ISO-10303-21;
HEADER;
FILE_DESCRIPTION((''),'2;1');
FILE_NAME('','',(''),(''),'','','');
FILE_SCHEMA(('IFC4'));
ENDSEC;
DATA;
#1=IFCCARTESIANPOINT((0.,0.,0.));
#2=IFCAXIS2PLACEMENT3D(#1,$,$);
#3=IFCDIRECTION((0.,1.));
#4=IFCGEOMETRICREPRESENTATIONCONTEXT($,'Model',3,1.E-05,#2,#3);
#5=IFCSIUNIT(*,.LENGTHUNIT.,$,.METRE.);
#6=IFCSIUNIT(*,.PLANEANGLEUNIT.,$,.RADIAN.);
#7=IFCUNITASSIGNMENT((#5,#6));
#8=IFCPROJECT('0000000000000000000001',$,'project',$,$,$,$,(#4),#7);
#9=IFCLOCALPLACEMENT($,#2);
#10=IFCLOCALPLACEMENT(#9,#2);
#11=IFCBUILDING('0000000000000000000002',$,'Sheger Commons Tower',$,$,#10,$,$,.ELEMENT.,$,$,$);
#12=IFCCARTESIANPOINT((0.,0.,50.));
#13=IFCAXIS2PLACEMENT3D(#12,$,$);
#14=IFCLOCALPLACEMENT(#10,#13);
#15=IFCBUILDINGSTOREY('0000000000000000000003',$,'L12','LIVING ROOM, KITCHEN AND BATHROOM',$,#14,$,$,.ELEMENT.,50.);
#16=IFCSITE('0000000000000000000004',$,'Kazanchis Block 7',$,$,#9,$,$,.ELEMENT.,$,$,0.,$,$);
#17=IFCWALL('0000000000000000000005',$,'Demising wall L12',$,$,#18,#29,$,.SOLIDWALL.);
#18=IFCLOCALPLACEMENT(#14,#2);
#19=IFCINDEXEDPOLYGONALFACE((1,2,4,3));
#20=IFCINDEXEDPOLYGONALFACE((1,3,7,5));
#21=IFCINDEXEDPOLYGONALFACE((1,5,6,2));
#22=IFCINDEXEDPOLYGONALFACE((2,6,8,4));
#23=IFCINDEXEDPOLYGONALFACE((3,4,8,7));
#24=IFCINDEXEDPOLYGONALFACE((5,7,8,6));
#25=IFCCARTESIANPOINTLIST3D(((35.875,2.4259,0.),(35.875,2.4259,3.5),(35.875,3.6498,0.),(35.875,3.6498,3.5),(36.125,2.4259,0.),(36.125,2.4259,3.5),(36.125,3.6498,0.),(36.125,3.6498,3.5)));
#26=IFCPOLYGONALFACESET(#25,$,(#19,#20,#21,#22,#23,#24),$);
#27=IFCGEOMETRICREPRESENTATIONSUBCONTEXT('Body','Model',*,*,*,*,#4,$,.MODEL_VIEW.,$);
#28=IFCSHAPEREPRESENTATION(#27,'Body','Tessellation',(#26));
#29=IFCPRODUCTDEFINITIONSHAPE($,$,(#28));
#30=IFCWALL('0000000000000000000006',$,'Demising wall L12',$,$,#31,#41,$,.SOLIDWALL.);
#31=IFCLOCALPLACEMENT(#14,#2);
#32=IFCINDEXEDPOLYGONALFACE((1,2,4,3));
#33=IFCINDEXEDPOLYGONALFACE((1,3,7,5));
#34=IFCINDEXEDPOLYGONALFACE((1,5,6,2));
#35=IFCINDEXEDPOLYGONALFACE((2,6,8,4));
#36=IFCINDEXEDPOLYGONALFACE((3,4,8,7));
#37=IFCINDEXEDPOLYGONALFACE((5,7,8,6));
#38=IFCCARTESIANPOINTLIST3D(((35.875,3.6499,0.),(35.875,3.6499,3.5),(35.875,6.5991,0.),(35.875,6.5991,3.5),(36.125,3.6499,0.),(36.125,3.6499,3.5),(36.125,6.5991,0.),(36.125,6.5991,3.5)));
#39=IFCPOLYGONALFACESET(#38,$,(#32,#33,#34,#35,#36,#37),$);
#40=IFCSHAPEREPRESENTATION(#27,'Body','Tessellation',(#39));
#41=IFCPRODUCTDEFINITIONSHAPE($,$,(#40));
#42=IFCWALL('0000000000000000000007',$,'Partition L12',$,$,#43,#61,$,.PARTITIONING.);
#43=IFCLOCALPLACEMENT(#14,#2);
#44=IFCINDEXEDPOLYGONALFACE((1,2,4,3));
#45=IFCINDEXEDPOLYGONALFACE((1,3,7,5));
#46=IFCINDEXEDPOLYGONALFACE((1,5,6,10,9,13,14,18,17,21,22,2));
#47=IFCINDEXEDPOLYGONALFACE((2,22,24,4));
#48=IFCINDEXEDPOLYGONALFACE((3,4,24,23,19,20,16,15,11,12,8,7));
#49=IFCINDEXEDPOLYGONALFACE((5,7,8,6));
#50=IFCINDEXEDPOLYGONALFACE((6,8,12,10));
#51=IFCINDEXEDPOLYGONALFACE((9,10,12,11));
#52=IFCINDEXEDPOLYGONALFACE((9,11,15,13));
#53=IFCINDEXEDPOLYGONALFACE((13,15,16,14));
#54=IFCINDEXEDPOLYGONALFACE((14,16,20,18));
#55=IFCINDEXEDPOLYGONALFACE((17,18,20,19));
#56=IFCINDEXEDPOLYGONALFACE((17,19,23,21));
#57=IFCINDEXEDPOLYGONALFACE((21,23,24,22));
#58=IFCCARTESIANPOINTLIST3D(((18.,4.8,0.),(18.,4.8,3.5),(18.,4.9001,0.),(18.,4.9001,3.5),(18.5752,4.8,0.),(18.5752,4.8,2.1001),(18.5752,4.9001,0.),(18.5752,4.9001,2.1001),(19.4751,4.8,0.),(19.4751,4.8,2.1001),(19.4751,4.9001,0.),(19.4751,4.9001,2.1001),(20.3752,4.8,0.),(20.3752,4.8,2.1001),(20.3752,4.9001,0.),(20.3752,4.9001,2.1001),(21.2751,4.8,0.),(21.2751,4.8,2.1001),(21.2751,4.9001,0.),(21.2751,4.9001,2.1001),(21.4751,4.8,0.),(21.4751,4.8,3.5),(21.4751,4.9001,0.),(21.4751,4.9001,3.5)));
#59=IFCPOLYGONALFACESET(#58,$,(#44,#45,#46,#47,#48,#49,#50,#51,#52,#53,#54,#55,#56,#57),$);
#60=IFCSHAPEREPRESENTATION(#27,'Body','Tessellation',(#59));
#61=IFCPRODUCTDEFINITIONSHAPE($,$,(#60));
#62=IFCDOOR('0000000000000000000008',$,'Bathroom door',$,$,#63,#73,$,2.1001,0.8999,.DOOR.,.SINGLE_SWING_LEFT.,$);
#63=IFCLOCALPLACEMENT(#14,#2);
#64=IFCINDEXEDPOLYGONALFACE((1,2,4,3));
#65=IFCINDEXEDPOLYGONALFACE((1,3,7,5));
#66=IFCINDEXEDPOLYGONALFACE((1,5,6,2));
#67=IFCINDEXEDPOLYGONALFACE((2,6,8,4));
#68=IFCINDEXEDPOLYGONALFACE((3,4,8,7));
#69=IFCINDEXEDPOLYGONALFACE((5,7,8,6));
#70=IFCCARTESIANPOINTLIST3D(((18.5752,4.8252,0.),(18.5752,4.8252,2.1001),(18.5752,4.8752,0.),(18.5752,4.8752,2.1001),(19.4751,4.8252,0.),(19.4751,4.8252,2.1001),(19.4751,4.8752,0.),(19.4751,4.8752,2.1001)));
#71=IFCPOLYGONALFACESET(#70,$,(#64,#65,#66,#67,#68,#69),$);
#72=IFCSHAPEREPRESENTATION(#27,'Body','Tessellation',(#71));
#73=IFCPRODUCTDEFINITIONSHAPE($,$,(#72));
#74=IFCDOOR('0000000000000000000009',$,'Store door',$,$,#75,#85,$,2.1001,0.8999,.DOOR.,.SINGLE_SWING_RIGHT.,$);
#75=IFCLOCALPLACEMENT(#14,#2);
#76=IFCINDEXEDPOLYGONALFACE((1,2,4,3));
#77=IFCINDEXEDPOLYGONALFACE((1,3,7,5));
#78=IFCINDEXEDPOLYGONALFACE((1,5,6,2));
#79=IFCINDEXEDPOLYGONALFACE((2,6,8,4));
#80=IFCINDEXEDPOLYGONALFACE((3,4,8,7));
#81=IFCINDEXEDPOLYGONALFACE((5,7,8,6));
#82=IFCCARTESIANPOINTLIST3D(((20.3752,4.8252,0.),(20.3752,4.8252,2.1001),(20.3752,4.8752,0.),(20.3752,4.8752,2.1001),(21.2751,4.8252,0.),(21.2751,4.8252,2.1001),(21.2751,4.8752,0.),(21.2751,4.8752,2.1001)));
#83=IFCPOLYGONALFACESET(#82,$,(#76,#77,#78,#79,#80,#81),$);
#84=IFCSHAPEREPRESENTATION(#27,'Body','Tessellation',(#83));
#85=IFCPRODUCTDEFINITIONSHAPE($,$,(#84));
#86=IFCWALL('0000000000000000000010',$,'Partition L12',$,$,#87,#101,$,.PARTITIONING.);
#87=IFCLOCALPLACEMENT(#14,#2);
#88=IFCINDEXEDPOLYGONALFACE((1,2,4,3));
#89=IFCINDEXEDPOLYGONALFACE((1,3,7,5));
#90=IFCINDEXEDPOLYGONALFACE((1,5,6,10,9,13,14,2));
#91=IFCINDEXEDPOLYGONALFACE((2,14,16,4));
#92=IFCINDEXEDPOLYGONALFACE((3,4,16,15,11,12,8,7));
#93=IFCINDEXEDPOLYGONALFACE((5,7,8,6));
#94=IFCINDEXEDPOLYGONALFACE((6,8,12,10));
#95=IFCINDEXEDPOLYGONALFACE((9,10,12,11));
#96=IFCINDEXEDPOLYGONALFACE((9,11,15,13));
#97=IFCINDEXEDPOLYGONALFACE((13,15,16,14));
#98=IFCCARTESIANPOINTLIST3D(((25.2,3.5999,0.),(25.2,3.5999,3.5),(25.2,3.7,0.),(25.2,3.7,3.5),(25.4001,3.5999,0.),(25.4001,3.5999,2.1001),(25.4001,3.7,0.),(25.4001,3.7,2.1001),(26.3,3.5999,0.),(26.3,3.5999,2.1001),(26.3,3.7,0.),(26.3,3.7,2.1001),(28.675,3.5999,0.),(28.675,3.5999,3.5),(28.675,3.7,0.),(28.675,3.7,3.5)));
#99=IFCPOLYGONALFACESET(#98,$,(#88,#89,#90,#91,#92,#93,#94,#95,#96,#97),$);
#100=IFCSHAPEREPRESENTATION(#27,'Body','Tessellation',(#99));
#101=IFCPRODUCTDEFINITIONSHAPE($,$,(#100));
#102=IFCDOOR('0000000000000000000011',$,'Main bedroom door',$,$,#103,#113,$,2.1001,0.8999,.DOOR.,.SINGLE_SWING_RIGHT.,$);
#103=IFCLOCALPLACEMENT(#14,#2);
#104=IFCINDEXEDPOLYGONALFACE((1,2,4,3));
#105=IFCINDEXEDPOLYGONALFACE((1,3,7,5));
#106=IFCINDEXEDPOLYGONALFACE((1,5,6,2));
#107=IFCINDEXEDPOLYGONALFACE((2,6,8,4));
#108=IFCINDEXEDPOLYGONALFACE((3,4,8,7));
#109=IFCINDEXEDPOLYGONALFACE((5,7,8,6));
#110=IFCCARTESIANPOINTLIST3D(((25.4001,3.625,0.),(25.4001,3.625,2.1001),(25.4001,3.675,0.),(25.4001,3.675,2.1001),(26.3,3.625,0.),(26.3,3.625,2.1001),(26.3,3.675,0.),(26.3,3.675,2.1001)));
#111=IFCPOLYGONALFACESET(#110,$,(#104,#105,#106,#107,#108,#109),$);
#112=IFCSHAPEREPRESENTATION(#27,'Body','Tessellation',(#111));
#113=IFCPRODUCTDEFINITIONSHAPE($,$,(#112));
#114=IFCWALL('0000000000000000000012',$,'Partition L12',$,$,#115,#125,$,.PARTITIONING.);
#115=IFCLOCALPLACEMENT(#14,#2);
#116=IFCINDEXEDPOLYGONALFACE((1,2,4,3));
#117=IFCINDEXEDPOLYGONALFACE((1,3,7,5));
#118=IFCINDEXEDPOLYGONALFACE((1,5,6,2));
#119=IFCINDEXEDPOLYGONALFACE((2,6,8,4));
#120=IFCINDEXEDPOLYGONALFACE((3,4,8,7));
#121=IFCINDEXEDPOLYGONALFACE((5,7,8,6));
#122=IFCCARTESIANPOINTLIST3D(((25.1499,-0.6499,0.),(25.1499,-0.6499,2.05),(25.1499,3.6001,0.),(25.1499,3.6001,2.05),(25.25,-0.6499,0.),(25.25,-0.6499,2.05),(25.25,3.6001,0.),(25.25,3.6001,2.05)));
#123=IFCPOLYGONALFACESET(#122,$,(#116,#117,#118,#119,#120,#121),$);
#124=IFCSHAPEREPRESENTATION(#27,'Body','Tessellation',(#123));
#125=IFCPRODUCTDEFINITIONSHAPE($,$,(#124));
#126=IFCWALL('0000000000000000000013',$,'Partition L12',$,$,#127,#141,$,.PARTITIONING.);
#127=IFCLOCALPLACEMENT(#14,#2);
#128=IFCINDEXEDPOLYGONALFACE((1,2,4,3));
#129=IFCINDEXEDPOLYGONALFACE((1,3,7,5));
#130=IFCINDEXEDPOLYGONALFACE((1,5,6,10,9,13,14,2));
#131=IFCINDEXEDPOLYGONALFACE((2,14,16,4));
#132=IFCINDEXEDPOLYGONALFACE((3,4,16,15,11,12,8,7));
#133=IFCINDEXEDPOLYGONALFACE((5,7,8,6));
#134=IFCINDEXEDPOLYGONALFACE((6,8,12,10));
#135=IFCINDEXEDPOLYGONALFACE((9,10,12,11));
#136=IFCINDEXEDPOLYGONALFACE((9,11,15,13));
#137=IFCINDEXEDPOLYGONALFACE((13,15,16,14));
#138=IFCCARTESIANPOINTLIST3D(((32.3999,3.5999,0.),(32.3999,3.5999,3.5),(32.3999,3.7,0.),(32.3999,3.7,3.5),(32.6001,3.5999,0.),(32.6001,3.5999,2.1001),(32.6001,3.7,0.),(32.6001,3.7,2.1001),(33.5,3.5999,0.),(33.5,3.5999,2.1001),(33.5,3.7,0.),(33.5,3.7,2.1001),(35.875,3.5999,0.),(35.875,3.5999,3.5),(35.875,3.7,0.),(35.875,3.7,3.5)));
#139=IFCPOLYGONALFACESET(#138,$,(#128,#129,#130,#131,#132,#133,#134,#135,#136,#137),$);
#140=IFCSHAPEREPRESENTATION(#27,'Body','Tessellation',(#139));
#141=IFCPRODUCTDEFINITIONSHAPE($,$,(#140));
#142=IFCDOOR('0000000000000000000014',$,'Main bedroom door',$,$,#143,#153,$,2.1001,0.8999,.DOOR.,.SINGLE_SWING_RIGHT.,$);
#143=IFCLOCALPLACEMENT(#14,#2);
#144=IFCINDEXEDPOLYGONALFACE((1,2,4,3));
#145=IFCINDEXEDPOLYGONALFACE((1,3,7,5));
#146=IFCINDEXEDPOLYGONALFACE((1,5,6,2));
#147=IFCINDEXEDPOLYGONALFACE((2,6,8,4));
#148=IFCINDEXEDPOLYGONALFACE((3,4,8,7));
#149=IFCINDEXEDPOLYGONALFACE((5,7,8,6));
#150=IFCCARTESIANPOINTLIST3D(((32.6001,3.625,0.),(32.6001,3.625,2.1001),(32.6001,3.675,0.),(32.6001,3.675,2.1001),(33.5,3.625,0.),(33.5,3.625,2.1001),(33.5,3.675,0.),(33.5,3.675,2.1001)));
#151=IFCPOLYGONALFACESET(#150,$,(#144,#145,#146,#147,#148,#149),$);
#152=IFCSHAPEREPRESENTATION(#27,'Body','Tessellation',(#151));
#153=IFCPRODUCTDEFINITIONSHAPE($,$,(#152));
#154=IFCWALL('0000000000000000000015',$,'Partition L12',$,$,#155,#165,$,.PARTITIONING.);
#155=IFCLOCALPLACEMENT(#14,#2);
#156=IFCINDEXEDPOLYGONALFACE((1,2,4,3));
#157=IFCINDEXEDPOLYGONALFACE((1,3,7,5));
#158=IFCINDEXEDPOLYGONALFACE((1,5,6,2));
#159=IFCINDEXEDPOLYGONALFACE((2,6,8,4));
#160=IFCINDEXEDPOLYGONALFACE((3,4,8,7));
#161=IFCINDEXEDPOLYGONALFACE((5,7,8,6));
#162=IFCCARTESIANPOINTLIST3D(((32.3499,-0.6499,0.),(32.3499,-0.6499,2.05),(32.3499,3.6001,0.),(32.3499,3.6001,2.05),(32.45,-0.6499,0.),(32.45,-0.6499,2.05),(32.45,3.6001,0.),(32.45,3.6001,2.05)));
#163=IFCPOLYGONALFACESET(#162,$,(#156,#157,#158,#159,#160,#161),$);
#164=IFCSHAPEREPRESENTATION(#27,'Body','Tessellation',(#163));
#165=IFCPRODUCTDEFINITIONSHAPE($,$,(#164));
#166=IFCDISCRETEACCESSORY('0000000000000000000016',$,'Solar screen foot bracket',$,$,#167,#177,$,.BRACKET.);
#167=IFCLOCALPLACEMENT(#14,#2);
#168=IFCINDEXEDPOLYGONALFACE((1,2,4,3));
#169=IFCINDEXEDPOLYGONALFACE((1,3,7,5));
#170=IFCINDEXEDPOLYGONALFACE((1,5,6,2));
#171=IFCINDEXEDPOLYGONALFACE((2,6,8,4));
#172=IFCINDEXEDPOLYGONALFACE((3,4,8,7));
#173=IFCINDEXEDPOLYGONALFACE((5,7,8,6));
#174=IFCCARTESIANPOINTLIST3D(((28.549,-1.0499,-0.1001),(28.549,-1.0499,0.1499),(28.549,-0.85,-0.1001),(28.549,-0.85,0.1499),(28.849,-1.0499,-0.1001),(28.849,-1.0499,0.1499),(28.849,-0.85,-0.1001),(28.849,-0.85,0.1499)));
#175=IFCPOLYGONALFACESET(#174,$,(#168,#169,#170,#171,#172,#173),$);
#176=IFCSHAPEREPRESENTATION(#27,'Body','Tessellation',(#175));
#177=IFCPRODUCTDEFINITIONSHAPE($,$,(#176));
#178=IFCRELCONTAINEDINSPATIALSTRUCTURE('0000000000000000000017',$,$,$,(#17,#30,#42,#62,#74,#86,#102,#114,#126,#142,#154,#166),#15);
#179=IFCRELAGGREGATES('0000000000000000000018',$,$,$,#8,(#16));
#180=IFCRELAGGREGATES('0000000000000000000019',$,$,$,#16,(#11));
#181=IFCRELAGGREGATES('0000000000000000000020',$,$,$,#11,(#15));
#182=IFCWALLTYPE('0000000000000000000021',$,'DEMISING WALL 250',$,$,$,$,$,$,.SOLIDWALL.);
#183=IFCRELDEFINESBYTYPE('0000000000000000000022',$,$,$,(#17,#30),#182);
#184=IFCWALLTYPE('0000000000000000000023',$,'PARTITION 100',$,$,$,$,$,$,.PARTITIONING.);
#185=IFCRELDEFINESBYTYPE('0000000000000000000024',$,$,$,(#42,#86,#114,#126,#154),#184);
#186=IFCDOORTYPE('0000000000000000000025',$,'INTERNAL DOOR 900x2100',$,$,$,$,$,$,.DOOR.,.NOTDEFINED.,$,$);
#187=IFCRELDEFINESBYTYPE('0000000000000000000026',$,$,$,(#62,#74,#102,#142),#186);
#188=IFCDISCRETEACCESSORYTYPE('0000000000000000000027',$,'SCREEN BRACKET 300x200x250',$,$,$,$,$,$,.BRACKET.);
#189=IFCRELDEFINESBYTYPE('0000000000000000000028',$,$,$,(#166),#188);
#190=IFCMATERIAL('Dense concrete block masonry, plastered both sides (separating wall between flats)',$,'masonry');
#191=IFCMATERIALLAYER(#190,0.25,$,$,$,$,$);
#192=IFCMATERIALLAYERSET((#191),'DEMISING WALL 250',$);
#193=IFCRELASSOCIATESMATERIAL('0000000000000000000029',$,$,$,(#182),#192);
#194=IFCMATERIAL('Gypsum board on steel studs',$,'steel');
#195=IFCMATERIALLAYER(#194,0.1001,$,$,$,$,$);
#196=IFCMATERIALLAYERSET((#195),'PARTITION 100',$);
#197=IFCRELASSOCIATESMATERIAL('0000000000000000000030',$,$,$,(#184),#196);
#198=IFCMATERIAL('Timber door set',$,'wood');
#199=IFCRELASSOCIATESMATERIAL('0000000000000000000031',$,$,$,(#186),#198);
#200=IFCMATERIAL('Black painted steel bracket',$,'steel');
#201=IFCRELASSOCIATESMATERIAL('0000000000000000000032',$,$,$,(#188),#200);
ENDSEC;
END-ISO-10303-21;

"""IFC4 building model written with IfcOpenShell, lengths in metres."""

from ifc_helpers import new_model, si_unit, direction, frame, frame_2d, origin, origin_2d, place, context, subcontext, project, spatial, rectangle, extrude, material, layer, layer_set, type_object, element, fill, save


model = new_model("IFC4")

# Units and contexts
model_context = context("Model", 3, precision=1e-05, world=origin(), true_north=direction((0.0, 1.0)))
body_context = subcontext(model_context, "Body", "Model", "MODEL_VIEW")
ifc_project = project(units=[si_unit("LENGTHUNIT", "METRE"), si_unit("PLANEANGLEUNIT", "RADIAN")], contexts=[model_context])

# Site, building, storey
site_placement = place(None, origin())
site = spatial("IfcSite", under=ifc_project, at=site_placement, Name="Kazanchis Block 7", CompositionType="ELEMENT", RefElevation=0.0)
building_placement = place(site_placement, origin())
building = spatial("IfcBuilding", under=site, at=building_placement, Name="Sheger Commons Tower", CompositionType="ELEMENT")
storey_placement = place(building_placement, frame((0.0, 0.0, 50.0)))
storey = spatial("IfcBuildingStorey", under=building, at=storey_placement, Name="L12", Description="LIVING ROOM, KITCHEN AND BATHROOM", CompositionType="ELEMENT", Elevation=50.0)

# Walls
ifc_material_1 = material(Name="Dense concrete block masonry, plastered both sides (separating wall between flats)", Category="masonry")
ifc_layer_1 = layer(ifc_material_1, 0.25)
ifc_layer_set_1 = layer_set([ifc_layer_1], Name="DEMISING WALL 250")
wall_type_1 = type_object("IfcWallType", Name="DEMISING WALL 250", PredefinedType="SOLIDWALL", material=ifc_layer_set_1)
wall_1_placement = place(storey_placement, frame((36.0, 2.426, 0.0), z_axis=(0.0, 0.0, 1.0), x_axis=(0.0, 1.0, 0.0)))
element("IfcWall", 1, at=wall_1_placement, inside=storey, type_object=wall_type_1, Name="Demising wall L12", PredefinedType="SOLIDWALL", context=body_context, shape_type="SweptSolid", body=[
    extrude(rectangle(XDim=1.2239, YDim=0.25, at=frame_2d((0.6118, 0.0))), origin(), (0.0, 0.0, 1.0), 3.5),
])
wall_2_placement = place(storey_placement, frame((36.0, 3.6499, 0.0), z_axis=(0.0, 0.0, 1.0), x_axis=(0.0, 1.0, 0.0)))
element("IfcWall", 2, at=wall_2_placement, inside=storey, type_object=wall_type_1, Name="Demising wall L12", PredefinedType="SOLIDWALL", context=body_context, shape_type="SweptSolid", body=[
    extrude(rectangle(XDim=2.9492, YDim=0.25, at=frame_2d((1.4746, 0.0))), origin(), (0.0, 0.0, 1.0), 3.5),
])

# Wall, openings, doors
ifc_material_2 = material(Name="Gypsum board on steel studs", Category="steel")
ifc_layer_2 = layer(ifc_material_2, 0.1001)
ifc_layer_set_2 = layer_set([ifc_layer_2], Name="PARTITION 100")
wall_type_2 = type_object("IfcWallType", Name="PARTITION 100", PredefinedType="PARTITIONING", material=ifc_layer_set_2)
wall_3_placement = place(storey_placement, frame((21.4751, 4.8501, 0.0), z_axis=(0.0, 0.0, 1.0), x_axis=(-1.0, 0.0, 0.0)))
wall_3 = element("IfcWall", 3, at=wall_3_placement, inside=storey, type_object=wall_type_2, Name="Partition L12", PredefinedType="PARTITIONING", context=body_context, shape_type="SweptSolid", body=[
    extrude(rectangle(XDim=3.4751, YDim=0.1001, at=frame_2d((1.7375, 0.0))), origin(), (0.0, 0.0, 1.0), 3.5),
])
opening_1_placement = place(wall_3_placement, frame((2.0, 0.0, 0.0)))
opening_1 = element("IfcOpeningElement", 4, at=opening_1_placement, cuts=wall_3, PredefinedType="OPENING", context=body_context, shape_type="SweptSolid", body=[
    extrude(rectangle(XDim=0.8999, YDim=2.1001, at=frame_2d((0.45, 1.05))), frame((0.0, 0.0601, 0.0), z_axis=(0.0, -1.0, 0.0), x_axis=(1.0, 0.0, 0.0)), (0.0, 0.0, 1.0), 0.1201),
])
opening_2_placement = place(wall_3_placement, frame((0.2, 0.0, 0.0)))
opening_2 = element("IfcOpeningElement", 5, at=opening_2_placement, cuts=wall_3, PredefinedType="OPENING", context=body_context, shape_type="SweptSolid", body=[
    extrude(rectangle(XDim=0.8999, YDim=2.1001, at=frame_2d((0.45, 1.05))), frame((0.0, 0.0601, 0.0), z_axis=(0.0, -1.0, 0.0), x_axis=(1.0, 0.0, 0.0)), (0.0, 0.0, 1.0), 0.1201),
])
ifc_material_3 = material(Name="Timber door set", Category="wood")
door_type = type_object("IfcDoorType", Name="INTERNAL DOOR 900x2100", OperationType="NOTDEFINED", PredefinedType="DOOR", material=ifc_material_3)
door_1_placement = place(opening_1_placement, origin())
door_1 = element("IfcDoor", 6, at=door_1_placement, inside=storey, type_object=door_type, Name="Bathroom door", OperationType="SINGLE_SWING_LEFT", OverallHeight=2.1001, OverallWidth=0.8999, PredefinedType="DOOR", context=body_context, shape_type="SweptSolid", body=[
    extrude(rectangle(XDim=0.8999, YDim=2.1001, at=frame_2d((0.45, 1.05))), frame((0.0, 0.0249, 0.0), z_axis=(0.0, -1.0, 0.0), x_axis=(1.0, 0.0, 0.0)), (0.0, 0.0, 1.0), 0.05),
])
fill(opening_1, door_1)
door_2_placement = place(opening_2_placement, origin())
door_2 = element("IfcDoor", 7, at=door_2_placement, inside=storey, type_object=door_type, Name="Store door", OperationType="SINGLE_SWING_RIGHT", OverallHeight=2.1001, OverallWidth=0.8999, PredefinedType="DOOR", context=body_context, shape_type="SweptSolid", body=[
    extrude(rectangle(XDim=0.8999, YDim=2.1001, at=frame_2d((0.45, 1.05))), frame((0.0, 0.0249, 0.0), z_axis=(0.0, -1.0, 0.0), x_axis=(1.0, 0.0, 0.0)), (0.0, 0.0, 1.0), 0.05),
])
fill(opening_2, door_2)

# Wall, opening, door
wall_4_placement = place(storey_placement, frame((28.675, 3.6499, 0.0), z_axis=(0.0, 0.0, 1.0), x_axis=(-1.0, 0.0, 0.0)))
wall_4 = element("IfcWall", 8, at=wall_4_placement, inside=storey, type_object=wall_type_2, Name="Partition L12", PredefinedType="PARTITIONING", context=body_context, shape_type="SweptSolid", body=[
    extrude(rectangle(XDim=3.4751, YDim=0.1001, at=frame_2d((1.7375, 0.0))), origin(), (0.0, 0.0, 1.0), 3.5),
])
opening_3_placement = place(wall_4_placement, frame((2.375, 0.0, 0.0)))
opening_3 = element("IfcOpeningElement", 9, at=opening_3_placement, cuts=wall_4, PredefinedType="OPENING", context=body_context, shape_type="SweptSolid", body=[
    extrude(rectangle(XDim=0.8999, YDim=2.1001, at=frame_2d((0.45, 1.05))), frame((0.0, 0.0601, 0.0), z_axis=(0.0, -1.0, 0.0), x_axis=(1.0, 0.0, 0.0)), (0.0, 0.0, 1.0), 0.1201),
])
door_3_placement = place(opening_3_placement, origin())
door_3 = element("IfcDoor", 10, at=door_3_placement, inside=storey, type_object=door_type, Name="Main bedroom door", OperationType="SINGLE_SWING_RIGHT", OverallHeight=2.1001, OverallWidth=0.8999, PredefinedType="DOOR", context=body_context, shape_type="SweptSolid", body=[
    extrude(rectangle(XDim=0.8999, YDim=2.1001, at=frame_2d((0.45, 1.05))), frame((0.0, 0.0249, 0.0), z_axis=(0.0, -1.0, 0.0), x_axis=(1.0, 0.0, 0.0)), (0.0, 0.0, 1.0), 0.05),
])
fill(opening_3, door_3)

# Wall
wall_5_placement = place(storey_placement, frame((25.2, -0.6499, 0.0), z_axis=(0.0, 0.0, 1.0), x_axis=(0.0, 1.0, 0.0)))
element("IfcWall", 11, at=wall_5_placement, inside=storey, type_object=wall_type_2, Name="Partition L12", PredefinedType="PARTITIONING", context=body_context, shape_type="SweptSolid", body=[
    extrude(rectangle(XDim=4.25, YDim=0.1001, at=frame_2d((2.125, 0.0))), origin(), (0.0, 0.0, 1.0), 2.05),
])

# Wall, opening, door
wall_6_placement = place(storey_placement, frame((35.875, 3.6499, 0.0), z_axis=(0.0, 0.0, 1.0), x_axis=(-1.0, 0.0, 0.0)))
wall_6 = element("IfcWall", 12, at=wall_6_placement, inside=storey, type_object=wall_type_2, Name="Partition L12", PredefinedType="PARTITIONING", context=body_context, shape_type="SweptSolid", body=[
    extrude(rectangle(XDim=3.4751, YDim=0.1001, at=frame_2d((1.7375, 0.0))), origin(), (0.0, 0.0, 1.0), 3.5),
])
opening_4_placement = place(wall_6_placement, frame((2.375, 0.0, 0.0)))
opening_4 = element("IfcOpeningElement", 13, at=opening_4_placement, cuts=wall_6, PredefinedType="OPENING", context=body_context, shape_type="SweptSolid", body=[
    extrude(rectangle(XDim=0.8999, YDim=2.1001, at=frame_2d((0.45, 1.05))), frame((0.0, 0.0601, 0.0), z_axis=(0.0, -1.0, 0.0), x_axis=(1.0, 0.0, 0.0)), (0.0, 0.0, 1.0), 0.1201),
])
door_4_placement = place(opening_4_placement, origin())
door_4 = element("IfcDoor", 14, at=door_4_placement, inside=storey, type_object=door_type, Name="Main bedroom door", OperationType="SINGLE_SWING_RIGHT", OverallHeight=2.1001, OverallWidth=0.8999, PredefinedType="DOOR", context=body_context, shape_type="SweptSolid", body=[
    extrude(rectangle(XDim=0.8999, YDim=2.1001, at=frame_2d((0.45, 1.05))), frame((0.0, 0.0249, 0.0), z_axis=(0.0, -1.0, 0.0), x_axis=(1.0, 0.0, 0.0)), (0.0, 0.0, 1.0), 0.05),
])
fill(opening_4, door_4)

# Wall
wall_7_placement = place(storey_placement, frame((32.3999, -0.6499, 0.0), z_axis=(0.0, 0.0, 1.0), x_axis=(0.0, 1.0, 0.0)))
element("IfcWall", 15, at=wall_7_placement, inside=storey, type_object=wall_type_2, Name="Partition L12", PredefinedType="PARTITIONING", context=body_context, shape_type="SweptSolid", body=[
    extrude(rectangle(XDim=4.25, YDim=0.1001, at=frame_2d((2.125, 0.0))), origin(), (0.0, 0.0, 1.0), 2.05),
])

# Discrete accessory
ifc_material_4 = material(Name="Black painted steel bracket", Category="steel")
discrete_accessory_type = type_object("IfcDiscreteAccessoryType", Name="SCREEN BRACKET 300x200x250", PredefinedType="BRACKET", material=ifc_material_4)
for number, where, z_axis, x_axis, name in (
    (16, (28.699, -0.95, -0.1001), (0.0, 0.0, 1.0), (1.0, 0.0, 0.0), "Solar screen foot bracket"),
):
    element("IfcDiscreteAccessory", number, at=place(storey_placement, frame(where, z_axis=z_axis, x_axis=x_axis)), inside=storey, type_object=discrete_accessory_type, Name=name, PredefinedType="BRACKET", context=body_context, shape_type="SweptSolid", body=[
        extrude(rectangle(XDim=0.3, YDim=0.2, at=origin_2d()), origin(), (0.0, 0.0, 1.0), 0.25),
    ])

save(model, "model.ifc")
